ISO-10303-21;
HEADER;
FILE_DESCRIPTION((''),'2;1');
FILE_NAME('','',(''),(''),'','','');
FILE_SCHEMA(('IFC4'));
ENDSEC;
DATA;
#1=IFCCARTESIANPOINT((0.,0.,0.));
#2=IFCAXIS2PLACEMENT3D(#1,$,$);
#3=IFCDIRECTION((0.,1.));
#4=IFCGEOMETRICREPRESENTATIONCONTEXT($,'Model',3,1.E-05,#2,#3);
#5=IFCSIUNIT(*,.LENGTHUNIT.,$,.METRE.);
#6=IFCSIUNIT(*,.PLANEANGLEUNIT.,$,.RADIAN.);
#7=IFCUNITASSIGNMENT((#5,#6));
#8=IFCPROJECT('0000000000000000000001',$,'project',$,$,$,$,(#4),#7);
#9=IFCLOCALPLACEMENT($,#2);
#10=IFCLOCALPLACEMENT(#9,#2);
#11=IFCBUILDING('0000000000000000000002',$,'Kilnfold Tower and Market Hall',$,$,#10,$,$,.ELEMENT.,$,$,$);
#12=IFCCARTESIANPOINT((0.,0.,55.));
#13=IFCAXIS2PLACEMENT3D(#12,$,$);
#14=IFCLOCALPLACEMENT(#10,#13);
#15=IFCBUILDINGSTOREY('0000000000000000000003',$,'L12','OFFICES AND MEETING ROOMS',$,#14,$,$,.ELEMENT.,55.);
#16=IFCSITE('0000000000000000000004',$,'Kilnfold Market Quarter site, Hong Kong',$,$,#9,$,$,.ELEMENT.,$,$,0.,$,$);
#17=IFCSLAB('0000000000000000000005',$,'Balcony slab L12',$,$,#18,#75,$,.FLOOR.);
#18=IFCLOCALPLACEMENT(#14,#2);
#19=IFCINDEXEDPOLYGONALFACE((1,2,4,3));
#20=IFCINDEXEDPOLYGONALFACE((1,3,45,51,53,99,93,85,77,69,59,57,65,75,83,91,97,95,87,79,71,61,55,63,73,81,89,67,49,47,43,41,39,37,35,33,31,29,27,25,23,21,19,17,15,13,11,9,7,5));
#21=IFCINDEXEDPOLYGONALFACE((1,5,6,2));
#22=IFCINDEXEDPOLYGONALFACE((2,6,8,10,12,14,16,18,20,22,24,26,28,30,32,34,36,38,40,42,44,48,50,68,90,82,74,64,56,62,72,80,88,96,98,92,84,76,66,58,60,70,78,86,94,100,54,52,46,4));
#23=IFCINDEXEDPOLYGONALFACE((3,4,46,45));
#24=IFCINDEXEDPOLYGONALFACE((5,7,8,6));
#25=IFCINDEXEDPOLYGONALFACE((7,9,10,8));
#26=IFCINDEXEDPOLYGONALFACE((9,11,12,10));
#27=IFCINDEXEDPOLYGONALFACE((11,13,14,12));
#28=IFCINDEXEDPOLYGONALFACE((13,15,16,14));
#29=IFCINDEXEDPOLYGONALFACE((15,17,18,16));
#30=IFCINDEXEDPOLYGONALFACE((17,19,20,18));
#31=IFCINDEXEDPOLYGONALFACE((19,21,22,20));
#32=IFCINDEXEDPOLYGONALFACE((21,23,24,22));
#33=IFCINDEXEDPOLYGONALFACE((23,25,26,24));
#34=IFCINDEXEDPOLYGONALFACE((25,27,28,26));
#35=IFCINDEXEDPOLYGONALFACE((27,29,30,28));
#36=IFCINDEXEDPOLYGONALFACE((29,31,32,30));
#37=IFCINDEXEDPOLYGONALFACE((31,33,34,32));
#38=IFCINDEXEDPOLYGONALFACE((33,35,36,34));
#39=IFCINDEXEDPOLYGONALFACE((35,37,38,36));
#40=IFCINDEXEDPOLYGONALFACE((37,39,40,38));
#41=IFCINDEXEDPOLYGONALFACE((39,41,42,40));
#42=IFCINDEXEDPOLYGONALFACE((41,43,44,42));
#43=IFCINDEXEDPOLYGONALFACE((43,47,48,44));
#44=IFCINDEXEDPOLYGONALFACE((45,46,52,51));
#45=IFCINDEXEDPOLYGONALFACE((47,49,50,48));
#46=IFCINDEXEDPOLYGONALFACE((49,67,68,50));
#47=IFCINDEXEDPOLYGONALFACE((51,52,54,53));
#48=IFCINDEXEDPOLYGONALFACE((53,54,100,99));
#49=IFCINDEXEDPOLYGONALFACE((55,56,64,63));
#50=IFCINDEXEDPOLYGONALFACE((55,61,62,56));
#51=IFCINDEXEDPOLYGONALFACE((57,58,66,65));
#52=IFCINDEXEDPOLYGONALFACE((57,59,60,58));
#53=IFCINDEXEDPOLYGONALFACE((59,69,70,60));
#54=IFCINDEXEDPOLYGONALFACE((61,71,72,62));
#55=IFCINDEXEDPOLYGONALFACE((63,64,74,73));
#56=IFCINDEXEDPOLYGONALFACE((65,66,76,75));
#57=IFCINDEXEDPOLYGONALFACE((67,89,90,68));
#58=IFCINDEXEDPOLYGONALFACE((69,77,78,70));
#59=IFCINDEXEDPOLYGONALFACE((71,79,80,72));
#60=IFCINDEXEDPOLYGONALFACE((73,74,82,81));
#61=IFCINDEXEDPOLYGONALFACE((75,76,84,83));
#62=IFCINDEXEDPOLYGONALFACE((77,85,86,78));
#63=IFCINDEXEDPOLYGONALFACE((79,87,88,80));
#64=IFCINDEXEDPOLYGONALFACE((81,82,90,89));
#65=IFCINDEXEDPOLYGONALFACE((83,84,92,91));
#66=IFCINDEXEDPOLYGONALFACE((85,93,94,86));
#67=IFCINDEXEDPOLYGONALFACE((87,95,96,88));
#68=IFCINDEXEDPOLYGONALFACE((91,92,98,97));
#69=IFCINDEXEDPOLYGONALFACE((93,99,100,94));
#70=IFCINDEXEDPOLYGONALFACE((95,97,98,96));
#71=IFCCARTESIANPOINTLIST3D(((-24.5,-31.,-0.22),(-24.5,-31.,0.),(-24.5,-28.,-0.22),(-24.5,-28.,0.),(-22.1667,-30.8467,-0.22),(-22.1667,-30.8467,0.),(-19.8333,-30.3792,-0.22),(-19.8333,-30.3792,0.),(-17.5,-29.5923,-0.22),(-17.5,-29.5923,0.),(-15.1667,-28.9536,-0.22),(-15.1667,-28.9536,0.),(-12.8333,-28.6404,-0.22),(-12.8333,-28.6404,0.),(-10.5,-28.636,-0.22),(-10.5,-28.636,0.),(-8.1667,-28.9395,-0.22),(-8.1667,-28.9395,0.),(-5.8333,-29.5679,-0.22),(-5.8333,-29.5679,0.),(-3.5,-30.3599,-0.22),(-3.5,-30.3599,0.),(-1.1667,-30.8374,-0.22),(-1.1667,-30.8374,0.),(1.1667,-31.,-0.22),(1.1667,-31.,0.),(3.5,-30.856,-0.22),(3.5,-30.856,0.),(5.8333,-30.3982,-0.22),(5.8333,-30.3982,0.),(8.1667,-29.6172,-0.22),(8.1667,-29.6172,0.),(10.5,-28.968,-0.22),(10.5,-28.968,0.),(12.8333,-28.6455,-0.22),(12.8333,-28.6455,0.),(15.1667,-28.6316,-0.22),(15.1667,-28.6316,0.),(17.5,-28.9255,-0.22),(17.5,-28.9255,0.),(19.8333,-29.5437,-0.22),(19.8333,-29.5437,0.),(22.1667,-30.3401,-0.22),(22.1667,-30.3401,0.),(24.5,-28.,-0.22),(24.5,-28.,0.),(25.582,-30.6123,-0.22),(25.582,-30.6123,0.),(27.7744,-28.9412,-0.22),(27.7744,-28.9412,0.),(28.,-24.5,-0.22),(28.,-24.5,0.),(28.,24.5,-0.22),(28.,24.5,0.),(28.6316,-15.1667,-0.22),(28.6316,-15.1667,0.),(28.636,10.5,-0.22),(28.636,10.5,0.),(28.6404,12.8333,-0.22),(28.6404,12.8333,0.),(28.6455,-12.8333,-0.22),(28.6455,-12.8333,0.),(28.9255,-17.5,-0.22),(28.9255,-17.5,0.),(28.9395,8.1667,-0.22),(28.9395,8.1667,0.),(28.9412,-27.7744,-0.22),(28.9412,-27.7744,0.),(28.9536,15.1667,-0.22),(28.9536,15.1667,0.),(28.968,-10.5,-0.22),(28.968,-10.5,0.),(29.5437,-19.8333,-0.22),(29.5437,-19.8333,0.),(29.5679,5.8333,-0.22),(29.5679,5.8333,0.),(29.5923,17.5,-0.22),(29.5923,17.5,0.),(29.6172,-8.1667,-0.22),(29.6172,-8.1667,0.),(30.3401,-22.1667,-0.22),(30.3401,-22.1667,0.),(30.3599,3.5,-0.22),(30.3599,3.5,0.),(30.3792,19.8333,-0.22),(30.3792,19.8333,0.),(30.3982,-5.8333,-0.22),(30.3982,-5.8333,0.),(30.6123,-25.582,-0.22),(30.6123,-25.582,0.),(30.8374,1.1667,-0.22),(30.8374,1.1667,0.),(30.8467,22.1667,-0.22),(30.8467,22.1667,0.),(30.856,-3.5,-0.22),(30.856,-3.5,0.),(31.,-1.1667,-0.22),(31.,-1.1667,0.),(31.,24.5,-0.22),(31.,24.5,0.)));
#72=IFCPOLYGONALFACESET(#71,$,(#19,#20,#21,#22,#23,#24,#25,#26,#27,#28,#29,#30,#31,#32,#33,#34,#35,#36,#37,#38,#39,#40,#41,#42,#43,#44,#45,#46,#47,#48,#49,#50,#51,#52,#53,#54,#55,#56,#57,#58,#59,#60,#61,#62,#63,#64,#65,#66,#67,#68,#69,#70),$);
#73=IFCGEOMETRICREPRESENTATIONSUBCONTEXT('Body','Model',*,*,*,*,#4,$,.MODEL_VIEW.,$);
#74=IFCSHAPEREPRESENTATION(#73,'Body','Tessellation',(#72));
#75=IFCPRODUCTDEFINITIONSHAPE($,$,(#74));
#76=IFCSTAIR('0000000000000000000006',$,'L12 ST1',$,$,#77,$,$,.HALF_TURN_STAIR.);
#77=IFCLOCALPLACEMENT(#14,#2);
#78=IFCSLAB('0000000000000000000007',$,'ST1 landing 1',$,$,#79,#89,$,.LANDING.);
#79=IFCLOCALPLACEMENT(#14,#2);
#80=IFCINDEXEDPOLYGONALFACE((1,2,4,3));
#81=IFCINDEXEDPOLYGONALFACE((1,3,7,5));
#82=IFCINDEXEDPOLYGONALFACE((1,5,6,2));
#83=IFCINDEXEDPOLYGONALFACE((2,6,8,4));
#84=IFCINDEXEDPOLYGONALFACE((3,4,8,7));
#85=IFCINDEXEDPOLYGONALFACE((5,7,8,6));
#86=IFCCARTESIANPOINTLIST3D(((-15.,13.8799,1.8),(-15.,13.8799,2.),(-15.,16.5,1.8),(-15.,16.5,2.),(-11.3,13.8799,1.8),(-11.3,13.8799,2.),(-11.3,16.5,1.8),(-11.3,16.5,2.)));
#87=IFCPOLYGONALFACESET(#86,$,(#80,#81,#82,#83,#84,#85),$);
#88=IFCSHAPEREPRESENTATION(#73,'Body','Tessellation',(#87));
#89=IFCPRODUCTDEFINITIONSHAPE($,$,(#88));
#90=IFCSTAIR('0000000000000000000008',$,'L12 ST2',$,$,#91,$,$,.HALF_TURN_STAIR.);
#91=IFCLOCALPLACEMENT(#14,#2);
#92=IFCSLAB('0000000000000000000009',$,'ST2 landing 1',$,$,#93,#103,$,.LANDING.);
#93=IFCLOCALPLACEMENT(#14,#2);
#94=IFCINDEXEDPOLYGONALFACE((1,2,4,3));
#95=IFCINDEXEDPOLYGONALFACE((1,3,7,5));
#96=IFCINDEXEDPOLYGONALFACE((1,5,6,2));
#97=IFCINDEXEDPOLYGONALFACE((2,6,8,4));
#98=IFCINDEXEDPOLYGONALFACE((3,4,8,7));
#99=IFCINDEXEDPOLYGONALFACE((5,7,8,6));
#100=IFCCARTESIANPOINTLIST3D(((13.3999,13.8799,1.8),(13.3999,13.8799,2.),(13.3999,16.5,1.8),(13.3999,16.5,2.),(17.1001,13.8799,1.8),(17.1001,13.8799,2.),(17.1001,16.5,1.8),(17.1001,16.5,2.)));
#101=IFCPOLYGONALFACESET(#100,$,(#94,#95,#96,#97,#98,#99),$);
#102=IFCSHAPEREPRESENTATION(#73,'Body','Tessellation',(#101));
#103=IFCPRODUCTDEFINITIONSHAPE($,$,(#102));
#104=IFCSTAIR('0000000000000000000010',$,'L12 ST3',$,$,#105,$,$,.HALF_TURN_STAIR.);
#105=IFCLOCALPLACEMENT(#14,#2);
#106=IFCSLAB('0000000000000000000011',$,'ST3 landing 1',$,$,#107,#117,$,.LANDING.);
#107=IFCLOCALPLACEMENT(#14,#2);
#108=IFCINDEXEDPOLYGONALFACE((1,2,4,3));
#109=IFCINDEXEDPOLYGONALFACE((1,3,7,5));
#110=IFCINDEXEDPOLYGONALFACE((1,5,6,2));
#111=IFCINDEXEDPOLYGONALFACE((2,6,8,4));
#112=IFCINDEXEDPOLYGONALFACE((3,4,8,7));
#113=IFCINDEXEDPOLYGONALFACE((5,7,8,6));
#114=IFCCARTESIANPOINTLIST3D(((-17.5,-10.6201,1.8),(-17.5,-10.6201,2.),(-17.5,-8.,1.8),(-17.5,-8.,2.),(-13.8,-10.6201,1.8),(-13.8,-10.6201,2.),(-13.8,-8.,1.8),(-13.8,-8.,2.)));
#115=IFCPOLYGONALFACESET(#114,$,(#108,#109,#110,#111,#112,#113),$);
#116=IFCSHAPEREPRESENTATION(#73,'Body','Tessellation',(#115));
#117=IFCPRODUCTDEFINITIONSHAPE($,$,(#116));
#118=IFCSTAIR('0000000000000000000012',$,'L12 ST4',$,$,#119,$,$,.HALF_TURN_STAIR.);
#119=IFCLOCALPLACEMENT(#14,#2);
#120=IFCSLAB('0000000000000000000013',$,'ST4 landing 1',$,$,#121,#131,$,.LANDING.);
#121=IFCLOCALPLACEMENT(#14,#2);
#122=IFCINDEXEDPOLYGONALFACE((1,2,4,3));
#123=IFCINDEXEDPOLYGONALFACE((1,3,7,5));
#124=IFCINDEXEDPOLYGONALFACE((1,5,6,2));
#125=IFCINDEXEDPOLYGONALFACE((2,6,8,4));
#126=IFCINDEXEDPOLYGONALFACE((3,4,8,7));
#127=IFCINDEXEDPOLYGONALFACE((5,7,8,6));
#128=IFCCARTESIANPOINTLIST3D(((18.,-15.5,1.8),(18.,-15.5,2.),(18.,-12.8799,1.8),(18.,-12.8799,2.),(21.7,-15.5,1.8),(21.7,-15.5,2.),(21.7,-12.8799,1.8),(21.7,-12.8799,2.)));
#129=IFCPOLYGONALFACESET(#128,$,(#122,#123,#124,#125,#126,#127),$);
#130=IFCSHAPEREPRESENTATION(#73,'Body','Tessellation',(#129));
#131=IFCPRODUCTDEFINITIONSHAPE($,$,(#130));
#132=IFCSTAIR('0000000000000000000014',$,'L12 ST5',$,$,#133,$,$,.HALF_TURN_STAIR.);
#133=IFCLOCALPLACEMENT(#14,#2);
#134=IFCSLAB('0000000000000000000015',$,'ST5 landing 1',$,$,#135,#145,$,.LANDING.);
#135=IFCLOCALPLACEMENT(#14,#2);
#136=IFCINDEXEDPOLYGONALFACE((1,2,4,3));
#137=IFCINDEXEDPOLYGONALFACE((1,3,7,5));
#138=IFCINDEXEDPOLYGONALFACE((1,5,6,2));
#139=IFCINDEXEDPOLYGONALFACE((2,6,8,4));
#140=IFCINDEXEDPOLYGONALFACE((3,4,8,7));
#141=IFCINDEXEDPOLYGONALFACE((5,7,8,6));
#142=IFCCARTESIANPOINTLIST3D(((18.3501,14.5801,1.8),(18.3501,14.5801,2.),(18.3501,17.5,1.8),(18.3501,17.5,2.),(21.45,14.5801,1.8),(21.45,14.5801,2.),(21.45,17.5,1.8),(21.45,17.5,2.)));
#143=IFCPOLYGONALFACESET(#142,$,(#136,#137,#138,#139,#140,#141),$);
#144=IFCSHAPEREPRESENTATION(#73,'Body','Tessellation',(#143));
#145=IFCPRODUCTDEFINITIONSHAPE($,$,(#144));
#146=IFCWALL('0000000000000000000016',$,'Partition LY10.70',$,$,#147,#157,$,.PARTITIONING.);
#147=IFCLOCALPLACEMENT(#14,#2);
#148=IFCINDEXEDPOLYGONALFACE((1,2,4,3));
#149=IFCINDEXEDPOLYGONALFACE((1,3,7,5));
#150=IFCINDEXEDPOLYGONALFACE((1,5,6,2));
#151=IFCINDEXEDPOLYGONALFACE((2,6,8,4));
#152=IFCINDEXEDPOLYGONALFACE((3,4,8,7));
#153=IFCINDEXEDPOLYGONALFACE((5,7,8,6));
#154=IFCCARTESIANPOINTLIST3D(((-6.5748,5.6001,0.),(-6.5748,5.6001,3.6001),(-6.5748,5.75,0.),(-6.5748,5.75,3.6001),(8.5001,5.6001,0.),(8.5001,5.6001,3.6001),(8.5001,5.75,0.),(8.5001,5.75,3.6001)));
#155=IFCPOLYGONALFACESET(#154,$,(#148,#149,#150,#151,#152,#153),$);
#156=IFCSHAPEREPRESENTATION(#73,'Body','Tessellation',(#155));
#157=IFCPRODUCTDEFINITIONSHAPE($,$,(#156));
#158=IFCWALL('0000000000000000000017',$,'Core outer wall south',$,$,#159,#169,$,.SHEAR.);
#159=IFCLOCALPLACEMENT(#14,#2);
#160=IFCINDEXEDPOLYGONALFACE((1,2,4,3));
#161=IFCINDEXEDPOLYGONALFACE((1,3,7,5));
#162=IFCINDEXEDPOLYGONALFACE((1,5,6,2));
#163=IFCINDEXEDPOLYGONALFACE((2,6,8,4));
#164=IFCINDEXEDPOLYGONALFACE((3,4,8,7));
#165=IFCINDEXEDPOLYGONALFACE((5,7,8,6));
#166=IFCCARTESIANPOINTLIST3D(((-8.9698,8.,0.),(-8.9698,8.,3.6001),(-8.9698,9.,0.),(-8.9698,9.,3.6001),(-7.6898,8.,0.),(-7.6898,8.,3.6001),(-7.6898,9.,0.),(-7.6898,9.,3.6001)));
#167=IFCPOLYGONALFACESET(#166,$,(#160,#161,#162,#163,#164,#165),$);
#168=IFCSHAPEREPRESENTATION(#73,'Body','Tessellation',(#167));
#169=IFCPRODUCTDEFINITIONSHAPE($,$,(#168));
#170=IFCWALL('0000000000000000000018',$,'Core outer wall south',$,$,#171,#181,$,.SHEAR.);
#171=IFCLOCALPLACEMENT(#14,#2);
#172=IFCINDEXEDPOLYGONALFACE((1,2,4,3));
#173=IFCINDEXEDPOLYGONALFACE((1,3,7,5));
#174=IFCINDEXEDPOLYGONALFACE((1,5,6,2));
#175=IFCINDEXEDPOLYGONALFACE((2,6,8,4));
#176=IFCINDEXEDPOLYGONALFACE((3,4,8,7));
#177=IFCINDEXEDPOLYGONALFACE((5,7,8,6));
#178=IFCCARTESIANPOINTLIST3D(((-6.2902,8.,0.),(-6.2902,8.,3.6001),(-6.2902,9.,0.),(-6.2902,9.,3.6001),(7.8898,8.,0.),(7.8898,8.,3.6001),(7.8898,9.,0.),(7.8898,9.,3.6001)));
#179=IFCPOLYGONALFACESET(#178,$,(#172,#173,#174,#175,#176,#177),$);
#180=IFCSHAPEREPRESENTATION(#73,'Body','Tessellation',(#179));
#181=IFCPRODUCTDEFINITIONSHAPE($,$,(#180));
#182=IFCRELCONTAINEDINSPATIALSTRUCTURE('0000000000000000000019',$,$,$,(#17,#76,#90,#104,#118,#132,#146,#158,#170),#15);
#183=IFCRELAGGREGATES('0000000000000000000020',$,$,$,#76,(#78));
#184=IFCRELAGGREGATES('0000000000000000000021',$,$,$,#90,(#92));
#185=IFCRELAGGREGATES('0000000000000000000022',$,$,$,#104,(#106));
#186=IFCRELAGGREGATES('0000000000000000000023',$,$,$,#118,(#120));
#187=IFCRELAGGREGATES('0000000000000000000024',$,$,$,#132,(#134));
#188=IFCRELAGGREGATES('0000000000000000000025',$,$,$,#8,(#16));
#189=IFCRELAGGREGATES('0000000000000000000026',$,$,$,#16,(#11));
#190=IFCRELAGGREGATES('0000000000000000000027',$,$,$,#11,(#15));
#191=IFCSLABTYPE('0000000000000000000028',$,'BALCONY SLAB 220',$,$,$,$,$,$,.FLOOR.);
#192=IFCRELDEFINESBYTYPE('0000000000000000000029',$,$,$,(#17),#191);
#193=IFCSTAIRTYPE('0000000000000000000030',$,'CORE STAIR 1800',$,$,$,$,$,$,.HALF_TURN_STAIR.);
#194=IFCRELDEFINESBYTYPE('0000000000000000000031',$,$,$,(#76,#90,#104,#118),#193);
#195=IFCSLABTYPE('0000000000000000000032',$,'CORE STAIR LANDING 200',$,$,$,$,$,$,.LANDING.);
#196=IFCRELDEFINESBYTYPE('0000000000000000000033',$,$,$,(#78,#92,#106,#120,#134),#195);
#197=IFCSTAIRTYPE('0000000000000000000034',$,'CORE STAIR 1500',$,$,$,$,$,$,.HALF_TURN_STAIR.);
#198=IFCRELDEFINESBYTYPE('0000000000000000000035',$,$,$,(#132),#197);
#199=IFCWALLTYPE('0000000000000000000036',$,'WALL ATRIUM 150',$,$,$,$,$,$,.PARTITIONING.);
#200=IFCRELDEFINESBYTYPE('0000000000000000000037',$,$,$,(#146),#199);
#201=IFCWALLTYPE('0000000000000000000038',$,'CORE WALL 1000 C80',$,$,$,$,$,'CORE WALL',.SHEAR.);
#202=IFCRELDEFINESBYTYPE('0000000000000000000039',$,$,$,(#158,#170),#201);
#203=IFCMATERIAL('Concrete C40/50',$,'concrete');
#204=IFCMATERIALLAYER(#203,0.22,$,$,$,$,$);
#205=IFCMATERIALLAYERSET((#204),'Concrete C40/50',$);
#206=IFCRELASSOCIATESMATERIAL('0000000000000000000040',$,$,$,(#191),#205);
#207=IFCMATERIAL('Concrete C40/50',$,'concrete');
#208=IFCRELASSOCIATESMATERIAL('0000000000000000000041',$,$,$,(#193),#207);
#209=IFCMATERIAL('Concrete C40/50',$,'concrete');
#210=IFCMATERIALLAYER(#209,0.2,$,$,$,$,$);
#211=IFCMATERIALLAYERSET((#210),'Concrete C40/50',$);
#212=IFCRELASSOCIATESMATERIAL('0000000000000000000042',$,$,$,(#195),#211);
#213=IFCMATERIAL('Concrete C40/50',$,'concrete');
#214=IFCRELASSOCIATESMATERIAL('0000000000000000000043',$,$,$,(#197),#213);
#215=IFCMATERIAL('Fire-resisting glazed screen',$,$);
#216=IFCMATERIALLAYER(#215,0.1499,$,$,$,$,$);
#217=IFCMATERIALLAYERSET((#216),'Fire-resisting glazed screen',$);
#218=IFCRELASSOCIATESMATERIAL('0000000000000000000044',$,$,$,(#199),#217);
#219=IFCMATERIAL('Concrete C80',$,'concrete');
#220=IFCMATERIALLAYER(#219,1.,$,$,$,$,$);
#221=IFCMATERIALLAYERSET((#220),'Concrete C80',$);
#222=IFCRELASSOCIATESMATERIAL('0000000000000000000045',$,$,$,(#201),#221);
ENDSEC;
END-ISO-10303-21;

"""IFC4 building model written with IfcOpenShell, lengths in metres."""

from ifc_helpers import new_model, si_unit, direction, frame, frame_2d, origin, place, context, subcontext, project, spatial, polyline, rectangle, outline, extrude, source, transform, mapped, material, layer, layer_set, type_object, element, aggregate, save


model = new_model("IFC4")

# Units and contexts
model_context = context("Model", 3, precision=1e-05, world=origin(), true_north=direction((0.0, 1.0)))
body_context = subcontext(model_context, "Body", "Model", "MODEL_VIEW")
ifc_project = project(units=[si_unit("LENGTHUNIT", "METRE"), si_unit("PLANEANGLEUNIT", "RADIAN")], contexts=[model_context])

# Site, building, storey
site_placement = place(None, origin())
site = spatial("IfcSite", under=ifc_project, at=site_placement, Name="Kilnfold Market Quarter site, Hong Kong", CompositionType="ELEMENT", RefElevation=0.0)
building_placement = place(site_placement, origin())
building = spatial("IfcBuilding", under=site, at=building_placement, Name="Kilnfold Tower and Market Hall", CompositionType="ELEMENT")
storey_placement = place(building_placement, frame((0.0, 0.0, 55.0)))
storey = spatial("IfcBuildingStorey", under=building, at=storey_placement, Name="L12", Description="OFFICES AND MEETING ROOMS", CompositionType="ELEMENT", Elevation=55.0)

# Slab
ifc_material_1 = material(Name="Concrete C40/50", Category="concrete")
ifc_layer_1 = layer(ifc_material_1, 0.22)
ifc_layer_set_1 = layer_set([ifc_layer_1], Name="Concrete C40/50")
slab_type_1 = type_object("IfcSlabType", Name="BALCONY SLAB 220", PredefinedType="FLOOR", material=ifc_layer_set_1)
shared_shape_1 = source(origin(), body_context, "Body", "SweptSolid", [
    extrude(outline(polyline([(-24.5, -28.0), (24.5, -28.0), (28.0, -24.5), (28.0, 24.5), (31.0, 24.5), (30.8467, 22.1667), (30.3792, 19.8333), (29.5923, 17.5), (28.9536, 15.1667), (28.6404, 12.8333), (28.636, 10.5), (28.9395, 8.1667), (29.5679, 5.8333), (30.3599, 3.5), (30.8374, 1.1667), (31.0, -1.1667), (30.856, -3.5), (30.3982, -5.8333), (29.6172, -8.1667), (28.968, -10.5), (28.6455, -12.8333), (28.6316, -15.1667), (28.9255, -17.5), (29.5437, -19.8333), (30.3401, -22.1667), (30.6123, -25.582), (28.9412, -27.7744), (27.7744, -28.9412), (25.582, -30.6123), (22.1667, -30.3401), (19.8333, -29.5437), (17.5, -28.9255), (15.1667, -28.6316), (12.8333, -28.6455), (10.5, -28.968), (8.1667, -29.6172), (5.8333, -30.3982), (3.5, -30.856), (1.1667, -31.0), (-1.1667, -30.8374), (-3.5, -30.3599), (-5.8333, -29.5679), (-8.1667, -28.9395), (-10.5, -28.636), (-12.8333, -28.6404), (-15.1667, -28.9536), (-17.5, -29.5923), (-19.8333, -30.3792), (-22.1667, -30.8467), (-24.5, -31.0), (-24.5, -28.0)])), origin(), (0.0, 0.0, 1.0), 0.22),
])
slab_1_placement = place(storey_placement, frame((0.0, 0.0, -0.22)))
element("IfcSlab", 1, at=slab_1_placement, inside=storey, type_object=slab_type_1, Name="Balcony slab L12", PredefinedType="FLOOR", context=body_context, shape_type="MappedRepresentation", body=[
    mapped(shared_shape_1, transform((0.0, 0.0, 0.0))),
])

# Stairs, slabs
ifc_material_2 = material(Name="Concrete C40/50", Category="concrete")
stair_type_1 = type_object("IfcStairType", Name="CORE STAIR 1800", PredefinedType="HALF_TURN_STAIR", material=ifc_material_2)
stair_1_placement = place(storey_placement, origin())
stair_1 = element("IfcStair", 2, at=stair_1_placement, inside=storey, type_object=stair_type_1, Name="L12 ST1", PredefinedType="HALF_TURN_STAIR")
ifc_material_3 = material(Name="Concrete C40/50", Category="concrete")
ifc_layer_2 = layer(ifc_material_3, 0.2)
ifc_layer_set_2 = layer_set([ifc_layer_2], Name="Concrete C40/50")
slab_type_2 = type_object("IfcSlabType", Name="CORE STAIR LANDING 200", PredefinedType="LANDING", material=ifc_layer_set_2)
shared_shape_2 = source(origin(), body_context, "Body", "SweptSolid", [
    extrude(outline(polyline([(-11.3, 13.8799), (-11.3, 16.5), (-15.0, 16.5), (-15.0, 13.8799), (-11.3, 13.8799)])), origin(), (0.0, 0.0, 1.0), 0.2),
])
slab_2_placement = place(storey_placement, frame((0.0, 0.0, 1.8)))
slab_2 = element("IfcSlab", 3, at=slab_2_placement, type_object=slab_type_2, Name="ST1 landing 1", PredefinedType="LANDING", context=body_context, shape_type="MappedRepresentation", body=[
    mapped(shared_shape_2, transform((0.0, 0.0, 0.0))),
])
aggregate(stair_1, [slab_2])
stair_2_placement = place(storey_placement, origin())
stair_2 = element("IfcStair", 4, at=stair_2_placement, inside=storey, type_object=stair_type_1, Name="L12 ST2", PredefinedType="HALF_TURN_STAIR")
shared_shape_3 = source(origin(), body_context, "Body", "SweptSolid", [
    extrude(outline(polyline([(17.1001, 13.8799), (17.1001, 16.5), (13.3999, 16.5), (13.3999, 13.8799), (17.1001, 13.8799)])), origin(), (0.0, 0.0, 1.0), 0.2),
])
slab_3_placement = place(storey_placement, frame((0.0, 0.0, 1.8)))
slab_3 = element("IfcSlab", 5, at=slab_3_placement, type_object=slab_type_2, Name="ST2 landing 1", PredefinedType="LANDING", context=body_context, shape_type="MappedRepresentation", body=[
    mapped(shared_shape_3, transform((0.0, 0.0, 0.0))),
])
aggregate(stair_2, [slab_3])
stair_3_placement = place(storey_placement, origin())
stair_3 = element("IfcStair", 6, at=stair_3_placement, inside=storey, type_object=stair_type_1, Name="L12 ST3", PredefinedType="HALF_TURN_STAIR")
shared_shape_4 = source(origin(), body_context, "Body", "SweptSolid", [
    extrude(outline(polyline([(-13.8, -10.6201), (-13.8, -8.0), (-17.5, -8.0), (-17.5, -10.6201), (-13.8, -10.6201)])), origin(), (0.0, 0.0, 1.0), 0.2),
])
slab_4_placement = place(storey_placement, frame((0.0, 0.0, 1.8)))
slab_4 = element("IfcSlab", 7, at=slab_4_placement, type_object=slab_type_2, Name="ST3 landing 1", PredefinedType="LANDING", context=body_context, shape_type="MappedRepresentation", body=[
    mapped(shared_shape_4, transform((0.0, 0.0, 0.0))),
])
aggregate(stair_3, [slab_4])
stair_4_placement = place(storey_placement, origin())
stair_4 = element("IfcStair", 8, at=stair_4_placement, inside=storey, type_object=stair_type_1, Name="L12 ST4", PredefinedType="HALF_TURN_STAIR")
shared_shape_5 = source(origin(), body_context, "Body", "SweptSolid", [
    extrude(outline(polyline([(18.0, -12.8799), (18.0, -15.5), (21.7, -15.5), (21.7, -12.8799), (18.0, -12.8799)])), origin(), (0.0, 0.0, 1.0), 0.2),
])
slab_5_placement = place(storey_placement, frame((0.0, 0.0, 1.8)))
slab_5 = element("IfcSlab", 9, at=slab_5_placement, type_object=slab_type_2, Name="ST4 landing 1", PredefinedType="LANDING", context=body_context, shape_type="MappedRepresentation", body=[
    mapped(shared_shape_5, transform((0.0, 0.0, 0.0))),
])
aggregate(stair_4, [slab_5])
ifc_material_4 = material(Name="Concrete C40/50", Category="concrete")
stair_type_2 = type_object("IfcStairType", Name="CORE STAIR 1500", PredefinedType="HALF_TURN_STAIR", material=ifc_material_4)
stair_5_placement = place(storey_placement, origin())
stair_5 = element("IfcStair", 10, at=stair_5_placement, inside=storey, type_object=stair_type_2, Name="L12 ST5", PredefinedType="HALF_TURN_STAIR")
shared_shape_6 = source(origin(), body_context, "Body", "SweptSolid", [
    extrude(outline(polyline([(21.45, 14.5801), (21.45, 17.5), (18.3501, 17.5), (18.3501, 14.5801), (21.45, 14.5801)])), origin(), (0.0, 0.0, 1.0), 0.2),
])
slab_6_placement = place(storey_placement, frame((0.0, 0.0, 1.8)))
slab_6 = element("IfcSlab", 11, at=slab_6_placement, type_object=slab_type_2, Name="ST5 landing 1", PredefinedType="LANDING", context=body_context, shape_type="MappedRepresentation", body=[
    mapped(shared_shape_6, transform((0.0, 0.0, 0.0))),
])
aggregate(stair_5, [slab_6])

# Walls
ifc_material_5 = material(Name="Fire-resisting glazed screen")
ifc_layer_3 = layer(ifc_material_5, 0.1499)
ifc_layer_set_3 = layer_set([ifc_layer_3], Name="Fire-resisting glazed screen")
wall_type_1 = type_object("IfcWallType", Name="WALL ATRIUM 150", PredefinedType="PARTITIONING", material=ifc_layer_set_3)
wall_1_placement = place(storey_placement, frame((-6.575, 5.675, 0.0), z_axis=(0.0, 0.0, 1.0), x_axis=(1.0, 0.0, 0.0)))
element("IfcWall", 12, at=wall_1_placement, inside=storey, type_object=wall_type_1, Name="Partition LY10.70", PredefinedType="PARTITIONING", context=body_context, shape_type="SweptSolid", body=[
    extrude(rectangle(XDim=15.075, YDim=0.1499, at=frame_2d((7.5376, 0.0))), origin(), (0.0, 0.0, 1.0), 3.6001),
])
ifc_material_6 = material(Name="Concrete C80", Category="concrete")
ifc_layer_4 = layer(ifc_material_6, 1.0)
ifc_layer_set_4 = layer_set([ifc_layer_4], Name="Concrete C80")
wall_type_2 = type_object("IfcWallType", Name="CORE WALL 1000 C80", ElementType="CORE WALL", PredefinedType="SHEAR", material=ifc_layer_set_4)
shared_shape_7 = source(origin(), body_context, "Body", "SweptSolid", [
    extrude(rectangle(XDim=1.28, YDim=1.0, at=frame_2d((0.6401, 0.0))), origin(), (0.0, 0.0, 1.0), 3.6001),
])
wall_2_placement = place(storey_placement, frame((-8.97, 8.5, 0.0), z_axis=(0.0, 0.0, 1.0), x_axis=(1.0, 0.0, 0.0)))
element("IfcWall", 13, at=wall_2_placement, inside=storey, type_object=wall_type_2, Name="Core outer wall south", PredefinedType="SHEAR", context=body_context, shape_type="MappedRepresentation", body=[
    mapped(shared_shape_7, transform((0.0, 0.0, 0.0))),
])
shared_shape_8 = source(origin(), body_context, "Body", "SweptSolid", [
    extrude(rectangle(XDim=14.1799, YDim=1.0, at=frame_2d((7.0898, 0.0))), origin(), (0.0, 0.0, 1.0), 3.6001),
])
wall_3_placement = place(storey_placement, frame((-6.29, 8.5, 0.0), z_axis=(0.0, 0.0, 1.0), x_axis=(1.0, 0.0, 0.0)))
element("IfcWall", 14, at=wall_3_placement, inside=storey, type_object=wall_type_2, Name="Core outer wall south", PredefinedType="SHEAR", context=body_context, shape_type="MappedRepresentation", body=[
    mapped(shared_shape_8, transform((0.0, 0.0, 0.0))),
])

save(model, "model.ifc")
